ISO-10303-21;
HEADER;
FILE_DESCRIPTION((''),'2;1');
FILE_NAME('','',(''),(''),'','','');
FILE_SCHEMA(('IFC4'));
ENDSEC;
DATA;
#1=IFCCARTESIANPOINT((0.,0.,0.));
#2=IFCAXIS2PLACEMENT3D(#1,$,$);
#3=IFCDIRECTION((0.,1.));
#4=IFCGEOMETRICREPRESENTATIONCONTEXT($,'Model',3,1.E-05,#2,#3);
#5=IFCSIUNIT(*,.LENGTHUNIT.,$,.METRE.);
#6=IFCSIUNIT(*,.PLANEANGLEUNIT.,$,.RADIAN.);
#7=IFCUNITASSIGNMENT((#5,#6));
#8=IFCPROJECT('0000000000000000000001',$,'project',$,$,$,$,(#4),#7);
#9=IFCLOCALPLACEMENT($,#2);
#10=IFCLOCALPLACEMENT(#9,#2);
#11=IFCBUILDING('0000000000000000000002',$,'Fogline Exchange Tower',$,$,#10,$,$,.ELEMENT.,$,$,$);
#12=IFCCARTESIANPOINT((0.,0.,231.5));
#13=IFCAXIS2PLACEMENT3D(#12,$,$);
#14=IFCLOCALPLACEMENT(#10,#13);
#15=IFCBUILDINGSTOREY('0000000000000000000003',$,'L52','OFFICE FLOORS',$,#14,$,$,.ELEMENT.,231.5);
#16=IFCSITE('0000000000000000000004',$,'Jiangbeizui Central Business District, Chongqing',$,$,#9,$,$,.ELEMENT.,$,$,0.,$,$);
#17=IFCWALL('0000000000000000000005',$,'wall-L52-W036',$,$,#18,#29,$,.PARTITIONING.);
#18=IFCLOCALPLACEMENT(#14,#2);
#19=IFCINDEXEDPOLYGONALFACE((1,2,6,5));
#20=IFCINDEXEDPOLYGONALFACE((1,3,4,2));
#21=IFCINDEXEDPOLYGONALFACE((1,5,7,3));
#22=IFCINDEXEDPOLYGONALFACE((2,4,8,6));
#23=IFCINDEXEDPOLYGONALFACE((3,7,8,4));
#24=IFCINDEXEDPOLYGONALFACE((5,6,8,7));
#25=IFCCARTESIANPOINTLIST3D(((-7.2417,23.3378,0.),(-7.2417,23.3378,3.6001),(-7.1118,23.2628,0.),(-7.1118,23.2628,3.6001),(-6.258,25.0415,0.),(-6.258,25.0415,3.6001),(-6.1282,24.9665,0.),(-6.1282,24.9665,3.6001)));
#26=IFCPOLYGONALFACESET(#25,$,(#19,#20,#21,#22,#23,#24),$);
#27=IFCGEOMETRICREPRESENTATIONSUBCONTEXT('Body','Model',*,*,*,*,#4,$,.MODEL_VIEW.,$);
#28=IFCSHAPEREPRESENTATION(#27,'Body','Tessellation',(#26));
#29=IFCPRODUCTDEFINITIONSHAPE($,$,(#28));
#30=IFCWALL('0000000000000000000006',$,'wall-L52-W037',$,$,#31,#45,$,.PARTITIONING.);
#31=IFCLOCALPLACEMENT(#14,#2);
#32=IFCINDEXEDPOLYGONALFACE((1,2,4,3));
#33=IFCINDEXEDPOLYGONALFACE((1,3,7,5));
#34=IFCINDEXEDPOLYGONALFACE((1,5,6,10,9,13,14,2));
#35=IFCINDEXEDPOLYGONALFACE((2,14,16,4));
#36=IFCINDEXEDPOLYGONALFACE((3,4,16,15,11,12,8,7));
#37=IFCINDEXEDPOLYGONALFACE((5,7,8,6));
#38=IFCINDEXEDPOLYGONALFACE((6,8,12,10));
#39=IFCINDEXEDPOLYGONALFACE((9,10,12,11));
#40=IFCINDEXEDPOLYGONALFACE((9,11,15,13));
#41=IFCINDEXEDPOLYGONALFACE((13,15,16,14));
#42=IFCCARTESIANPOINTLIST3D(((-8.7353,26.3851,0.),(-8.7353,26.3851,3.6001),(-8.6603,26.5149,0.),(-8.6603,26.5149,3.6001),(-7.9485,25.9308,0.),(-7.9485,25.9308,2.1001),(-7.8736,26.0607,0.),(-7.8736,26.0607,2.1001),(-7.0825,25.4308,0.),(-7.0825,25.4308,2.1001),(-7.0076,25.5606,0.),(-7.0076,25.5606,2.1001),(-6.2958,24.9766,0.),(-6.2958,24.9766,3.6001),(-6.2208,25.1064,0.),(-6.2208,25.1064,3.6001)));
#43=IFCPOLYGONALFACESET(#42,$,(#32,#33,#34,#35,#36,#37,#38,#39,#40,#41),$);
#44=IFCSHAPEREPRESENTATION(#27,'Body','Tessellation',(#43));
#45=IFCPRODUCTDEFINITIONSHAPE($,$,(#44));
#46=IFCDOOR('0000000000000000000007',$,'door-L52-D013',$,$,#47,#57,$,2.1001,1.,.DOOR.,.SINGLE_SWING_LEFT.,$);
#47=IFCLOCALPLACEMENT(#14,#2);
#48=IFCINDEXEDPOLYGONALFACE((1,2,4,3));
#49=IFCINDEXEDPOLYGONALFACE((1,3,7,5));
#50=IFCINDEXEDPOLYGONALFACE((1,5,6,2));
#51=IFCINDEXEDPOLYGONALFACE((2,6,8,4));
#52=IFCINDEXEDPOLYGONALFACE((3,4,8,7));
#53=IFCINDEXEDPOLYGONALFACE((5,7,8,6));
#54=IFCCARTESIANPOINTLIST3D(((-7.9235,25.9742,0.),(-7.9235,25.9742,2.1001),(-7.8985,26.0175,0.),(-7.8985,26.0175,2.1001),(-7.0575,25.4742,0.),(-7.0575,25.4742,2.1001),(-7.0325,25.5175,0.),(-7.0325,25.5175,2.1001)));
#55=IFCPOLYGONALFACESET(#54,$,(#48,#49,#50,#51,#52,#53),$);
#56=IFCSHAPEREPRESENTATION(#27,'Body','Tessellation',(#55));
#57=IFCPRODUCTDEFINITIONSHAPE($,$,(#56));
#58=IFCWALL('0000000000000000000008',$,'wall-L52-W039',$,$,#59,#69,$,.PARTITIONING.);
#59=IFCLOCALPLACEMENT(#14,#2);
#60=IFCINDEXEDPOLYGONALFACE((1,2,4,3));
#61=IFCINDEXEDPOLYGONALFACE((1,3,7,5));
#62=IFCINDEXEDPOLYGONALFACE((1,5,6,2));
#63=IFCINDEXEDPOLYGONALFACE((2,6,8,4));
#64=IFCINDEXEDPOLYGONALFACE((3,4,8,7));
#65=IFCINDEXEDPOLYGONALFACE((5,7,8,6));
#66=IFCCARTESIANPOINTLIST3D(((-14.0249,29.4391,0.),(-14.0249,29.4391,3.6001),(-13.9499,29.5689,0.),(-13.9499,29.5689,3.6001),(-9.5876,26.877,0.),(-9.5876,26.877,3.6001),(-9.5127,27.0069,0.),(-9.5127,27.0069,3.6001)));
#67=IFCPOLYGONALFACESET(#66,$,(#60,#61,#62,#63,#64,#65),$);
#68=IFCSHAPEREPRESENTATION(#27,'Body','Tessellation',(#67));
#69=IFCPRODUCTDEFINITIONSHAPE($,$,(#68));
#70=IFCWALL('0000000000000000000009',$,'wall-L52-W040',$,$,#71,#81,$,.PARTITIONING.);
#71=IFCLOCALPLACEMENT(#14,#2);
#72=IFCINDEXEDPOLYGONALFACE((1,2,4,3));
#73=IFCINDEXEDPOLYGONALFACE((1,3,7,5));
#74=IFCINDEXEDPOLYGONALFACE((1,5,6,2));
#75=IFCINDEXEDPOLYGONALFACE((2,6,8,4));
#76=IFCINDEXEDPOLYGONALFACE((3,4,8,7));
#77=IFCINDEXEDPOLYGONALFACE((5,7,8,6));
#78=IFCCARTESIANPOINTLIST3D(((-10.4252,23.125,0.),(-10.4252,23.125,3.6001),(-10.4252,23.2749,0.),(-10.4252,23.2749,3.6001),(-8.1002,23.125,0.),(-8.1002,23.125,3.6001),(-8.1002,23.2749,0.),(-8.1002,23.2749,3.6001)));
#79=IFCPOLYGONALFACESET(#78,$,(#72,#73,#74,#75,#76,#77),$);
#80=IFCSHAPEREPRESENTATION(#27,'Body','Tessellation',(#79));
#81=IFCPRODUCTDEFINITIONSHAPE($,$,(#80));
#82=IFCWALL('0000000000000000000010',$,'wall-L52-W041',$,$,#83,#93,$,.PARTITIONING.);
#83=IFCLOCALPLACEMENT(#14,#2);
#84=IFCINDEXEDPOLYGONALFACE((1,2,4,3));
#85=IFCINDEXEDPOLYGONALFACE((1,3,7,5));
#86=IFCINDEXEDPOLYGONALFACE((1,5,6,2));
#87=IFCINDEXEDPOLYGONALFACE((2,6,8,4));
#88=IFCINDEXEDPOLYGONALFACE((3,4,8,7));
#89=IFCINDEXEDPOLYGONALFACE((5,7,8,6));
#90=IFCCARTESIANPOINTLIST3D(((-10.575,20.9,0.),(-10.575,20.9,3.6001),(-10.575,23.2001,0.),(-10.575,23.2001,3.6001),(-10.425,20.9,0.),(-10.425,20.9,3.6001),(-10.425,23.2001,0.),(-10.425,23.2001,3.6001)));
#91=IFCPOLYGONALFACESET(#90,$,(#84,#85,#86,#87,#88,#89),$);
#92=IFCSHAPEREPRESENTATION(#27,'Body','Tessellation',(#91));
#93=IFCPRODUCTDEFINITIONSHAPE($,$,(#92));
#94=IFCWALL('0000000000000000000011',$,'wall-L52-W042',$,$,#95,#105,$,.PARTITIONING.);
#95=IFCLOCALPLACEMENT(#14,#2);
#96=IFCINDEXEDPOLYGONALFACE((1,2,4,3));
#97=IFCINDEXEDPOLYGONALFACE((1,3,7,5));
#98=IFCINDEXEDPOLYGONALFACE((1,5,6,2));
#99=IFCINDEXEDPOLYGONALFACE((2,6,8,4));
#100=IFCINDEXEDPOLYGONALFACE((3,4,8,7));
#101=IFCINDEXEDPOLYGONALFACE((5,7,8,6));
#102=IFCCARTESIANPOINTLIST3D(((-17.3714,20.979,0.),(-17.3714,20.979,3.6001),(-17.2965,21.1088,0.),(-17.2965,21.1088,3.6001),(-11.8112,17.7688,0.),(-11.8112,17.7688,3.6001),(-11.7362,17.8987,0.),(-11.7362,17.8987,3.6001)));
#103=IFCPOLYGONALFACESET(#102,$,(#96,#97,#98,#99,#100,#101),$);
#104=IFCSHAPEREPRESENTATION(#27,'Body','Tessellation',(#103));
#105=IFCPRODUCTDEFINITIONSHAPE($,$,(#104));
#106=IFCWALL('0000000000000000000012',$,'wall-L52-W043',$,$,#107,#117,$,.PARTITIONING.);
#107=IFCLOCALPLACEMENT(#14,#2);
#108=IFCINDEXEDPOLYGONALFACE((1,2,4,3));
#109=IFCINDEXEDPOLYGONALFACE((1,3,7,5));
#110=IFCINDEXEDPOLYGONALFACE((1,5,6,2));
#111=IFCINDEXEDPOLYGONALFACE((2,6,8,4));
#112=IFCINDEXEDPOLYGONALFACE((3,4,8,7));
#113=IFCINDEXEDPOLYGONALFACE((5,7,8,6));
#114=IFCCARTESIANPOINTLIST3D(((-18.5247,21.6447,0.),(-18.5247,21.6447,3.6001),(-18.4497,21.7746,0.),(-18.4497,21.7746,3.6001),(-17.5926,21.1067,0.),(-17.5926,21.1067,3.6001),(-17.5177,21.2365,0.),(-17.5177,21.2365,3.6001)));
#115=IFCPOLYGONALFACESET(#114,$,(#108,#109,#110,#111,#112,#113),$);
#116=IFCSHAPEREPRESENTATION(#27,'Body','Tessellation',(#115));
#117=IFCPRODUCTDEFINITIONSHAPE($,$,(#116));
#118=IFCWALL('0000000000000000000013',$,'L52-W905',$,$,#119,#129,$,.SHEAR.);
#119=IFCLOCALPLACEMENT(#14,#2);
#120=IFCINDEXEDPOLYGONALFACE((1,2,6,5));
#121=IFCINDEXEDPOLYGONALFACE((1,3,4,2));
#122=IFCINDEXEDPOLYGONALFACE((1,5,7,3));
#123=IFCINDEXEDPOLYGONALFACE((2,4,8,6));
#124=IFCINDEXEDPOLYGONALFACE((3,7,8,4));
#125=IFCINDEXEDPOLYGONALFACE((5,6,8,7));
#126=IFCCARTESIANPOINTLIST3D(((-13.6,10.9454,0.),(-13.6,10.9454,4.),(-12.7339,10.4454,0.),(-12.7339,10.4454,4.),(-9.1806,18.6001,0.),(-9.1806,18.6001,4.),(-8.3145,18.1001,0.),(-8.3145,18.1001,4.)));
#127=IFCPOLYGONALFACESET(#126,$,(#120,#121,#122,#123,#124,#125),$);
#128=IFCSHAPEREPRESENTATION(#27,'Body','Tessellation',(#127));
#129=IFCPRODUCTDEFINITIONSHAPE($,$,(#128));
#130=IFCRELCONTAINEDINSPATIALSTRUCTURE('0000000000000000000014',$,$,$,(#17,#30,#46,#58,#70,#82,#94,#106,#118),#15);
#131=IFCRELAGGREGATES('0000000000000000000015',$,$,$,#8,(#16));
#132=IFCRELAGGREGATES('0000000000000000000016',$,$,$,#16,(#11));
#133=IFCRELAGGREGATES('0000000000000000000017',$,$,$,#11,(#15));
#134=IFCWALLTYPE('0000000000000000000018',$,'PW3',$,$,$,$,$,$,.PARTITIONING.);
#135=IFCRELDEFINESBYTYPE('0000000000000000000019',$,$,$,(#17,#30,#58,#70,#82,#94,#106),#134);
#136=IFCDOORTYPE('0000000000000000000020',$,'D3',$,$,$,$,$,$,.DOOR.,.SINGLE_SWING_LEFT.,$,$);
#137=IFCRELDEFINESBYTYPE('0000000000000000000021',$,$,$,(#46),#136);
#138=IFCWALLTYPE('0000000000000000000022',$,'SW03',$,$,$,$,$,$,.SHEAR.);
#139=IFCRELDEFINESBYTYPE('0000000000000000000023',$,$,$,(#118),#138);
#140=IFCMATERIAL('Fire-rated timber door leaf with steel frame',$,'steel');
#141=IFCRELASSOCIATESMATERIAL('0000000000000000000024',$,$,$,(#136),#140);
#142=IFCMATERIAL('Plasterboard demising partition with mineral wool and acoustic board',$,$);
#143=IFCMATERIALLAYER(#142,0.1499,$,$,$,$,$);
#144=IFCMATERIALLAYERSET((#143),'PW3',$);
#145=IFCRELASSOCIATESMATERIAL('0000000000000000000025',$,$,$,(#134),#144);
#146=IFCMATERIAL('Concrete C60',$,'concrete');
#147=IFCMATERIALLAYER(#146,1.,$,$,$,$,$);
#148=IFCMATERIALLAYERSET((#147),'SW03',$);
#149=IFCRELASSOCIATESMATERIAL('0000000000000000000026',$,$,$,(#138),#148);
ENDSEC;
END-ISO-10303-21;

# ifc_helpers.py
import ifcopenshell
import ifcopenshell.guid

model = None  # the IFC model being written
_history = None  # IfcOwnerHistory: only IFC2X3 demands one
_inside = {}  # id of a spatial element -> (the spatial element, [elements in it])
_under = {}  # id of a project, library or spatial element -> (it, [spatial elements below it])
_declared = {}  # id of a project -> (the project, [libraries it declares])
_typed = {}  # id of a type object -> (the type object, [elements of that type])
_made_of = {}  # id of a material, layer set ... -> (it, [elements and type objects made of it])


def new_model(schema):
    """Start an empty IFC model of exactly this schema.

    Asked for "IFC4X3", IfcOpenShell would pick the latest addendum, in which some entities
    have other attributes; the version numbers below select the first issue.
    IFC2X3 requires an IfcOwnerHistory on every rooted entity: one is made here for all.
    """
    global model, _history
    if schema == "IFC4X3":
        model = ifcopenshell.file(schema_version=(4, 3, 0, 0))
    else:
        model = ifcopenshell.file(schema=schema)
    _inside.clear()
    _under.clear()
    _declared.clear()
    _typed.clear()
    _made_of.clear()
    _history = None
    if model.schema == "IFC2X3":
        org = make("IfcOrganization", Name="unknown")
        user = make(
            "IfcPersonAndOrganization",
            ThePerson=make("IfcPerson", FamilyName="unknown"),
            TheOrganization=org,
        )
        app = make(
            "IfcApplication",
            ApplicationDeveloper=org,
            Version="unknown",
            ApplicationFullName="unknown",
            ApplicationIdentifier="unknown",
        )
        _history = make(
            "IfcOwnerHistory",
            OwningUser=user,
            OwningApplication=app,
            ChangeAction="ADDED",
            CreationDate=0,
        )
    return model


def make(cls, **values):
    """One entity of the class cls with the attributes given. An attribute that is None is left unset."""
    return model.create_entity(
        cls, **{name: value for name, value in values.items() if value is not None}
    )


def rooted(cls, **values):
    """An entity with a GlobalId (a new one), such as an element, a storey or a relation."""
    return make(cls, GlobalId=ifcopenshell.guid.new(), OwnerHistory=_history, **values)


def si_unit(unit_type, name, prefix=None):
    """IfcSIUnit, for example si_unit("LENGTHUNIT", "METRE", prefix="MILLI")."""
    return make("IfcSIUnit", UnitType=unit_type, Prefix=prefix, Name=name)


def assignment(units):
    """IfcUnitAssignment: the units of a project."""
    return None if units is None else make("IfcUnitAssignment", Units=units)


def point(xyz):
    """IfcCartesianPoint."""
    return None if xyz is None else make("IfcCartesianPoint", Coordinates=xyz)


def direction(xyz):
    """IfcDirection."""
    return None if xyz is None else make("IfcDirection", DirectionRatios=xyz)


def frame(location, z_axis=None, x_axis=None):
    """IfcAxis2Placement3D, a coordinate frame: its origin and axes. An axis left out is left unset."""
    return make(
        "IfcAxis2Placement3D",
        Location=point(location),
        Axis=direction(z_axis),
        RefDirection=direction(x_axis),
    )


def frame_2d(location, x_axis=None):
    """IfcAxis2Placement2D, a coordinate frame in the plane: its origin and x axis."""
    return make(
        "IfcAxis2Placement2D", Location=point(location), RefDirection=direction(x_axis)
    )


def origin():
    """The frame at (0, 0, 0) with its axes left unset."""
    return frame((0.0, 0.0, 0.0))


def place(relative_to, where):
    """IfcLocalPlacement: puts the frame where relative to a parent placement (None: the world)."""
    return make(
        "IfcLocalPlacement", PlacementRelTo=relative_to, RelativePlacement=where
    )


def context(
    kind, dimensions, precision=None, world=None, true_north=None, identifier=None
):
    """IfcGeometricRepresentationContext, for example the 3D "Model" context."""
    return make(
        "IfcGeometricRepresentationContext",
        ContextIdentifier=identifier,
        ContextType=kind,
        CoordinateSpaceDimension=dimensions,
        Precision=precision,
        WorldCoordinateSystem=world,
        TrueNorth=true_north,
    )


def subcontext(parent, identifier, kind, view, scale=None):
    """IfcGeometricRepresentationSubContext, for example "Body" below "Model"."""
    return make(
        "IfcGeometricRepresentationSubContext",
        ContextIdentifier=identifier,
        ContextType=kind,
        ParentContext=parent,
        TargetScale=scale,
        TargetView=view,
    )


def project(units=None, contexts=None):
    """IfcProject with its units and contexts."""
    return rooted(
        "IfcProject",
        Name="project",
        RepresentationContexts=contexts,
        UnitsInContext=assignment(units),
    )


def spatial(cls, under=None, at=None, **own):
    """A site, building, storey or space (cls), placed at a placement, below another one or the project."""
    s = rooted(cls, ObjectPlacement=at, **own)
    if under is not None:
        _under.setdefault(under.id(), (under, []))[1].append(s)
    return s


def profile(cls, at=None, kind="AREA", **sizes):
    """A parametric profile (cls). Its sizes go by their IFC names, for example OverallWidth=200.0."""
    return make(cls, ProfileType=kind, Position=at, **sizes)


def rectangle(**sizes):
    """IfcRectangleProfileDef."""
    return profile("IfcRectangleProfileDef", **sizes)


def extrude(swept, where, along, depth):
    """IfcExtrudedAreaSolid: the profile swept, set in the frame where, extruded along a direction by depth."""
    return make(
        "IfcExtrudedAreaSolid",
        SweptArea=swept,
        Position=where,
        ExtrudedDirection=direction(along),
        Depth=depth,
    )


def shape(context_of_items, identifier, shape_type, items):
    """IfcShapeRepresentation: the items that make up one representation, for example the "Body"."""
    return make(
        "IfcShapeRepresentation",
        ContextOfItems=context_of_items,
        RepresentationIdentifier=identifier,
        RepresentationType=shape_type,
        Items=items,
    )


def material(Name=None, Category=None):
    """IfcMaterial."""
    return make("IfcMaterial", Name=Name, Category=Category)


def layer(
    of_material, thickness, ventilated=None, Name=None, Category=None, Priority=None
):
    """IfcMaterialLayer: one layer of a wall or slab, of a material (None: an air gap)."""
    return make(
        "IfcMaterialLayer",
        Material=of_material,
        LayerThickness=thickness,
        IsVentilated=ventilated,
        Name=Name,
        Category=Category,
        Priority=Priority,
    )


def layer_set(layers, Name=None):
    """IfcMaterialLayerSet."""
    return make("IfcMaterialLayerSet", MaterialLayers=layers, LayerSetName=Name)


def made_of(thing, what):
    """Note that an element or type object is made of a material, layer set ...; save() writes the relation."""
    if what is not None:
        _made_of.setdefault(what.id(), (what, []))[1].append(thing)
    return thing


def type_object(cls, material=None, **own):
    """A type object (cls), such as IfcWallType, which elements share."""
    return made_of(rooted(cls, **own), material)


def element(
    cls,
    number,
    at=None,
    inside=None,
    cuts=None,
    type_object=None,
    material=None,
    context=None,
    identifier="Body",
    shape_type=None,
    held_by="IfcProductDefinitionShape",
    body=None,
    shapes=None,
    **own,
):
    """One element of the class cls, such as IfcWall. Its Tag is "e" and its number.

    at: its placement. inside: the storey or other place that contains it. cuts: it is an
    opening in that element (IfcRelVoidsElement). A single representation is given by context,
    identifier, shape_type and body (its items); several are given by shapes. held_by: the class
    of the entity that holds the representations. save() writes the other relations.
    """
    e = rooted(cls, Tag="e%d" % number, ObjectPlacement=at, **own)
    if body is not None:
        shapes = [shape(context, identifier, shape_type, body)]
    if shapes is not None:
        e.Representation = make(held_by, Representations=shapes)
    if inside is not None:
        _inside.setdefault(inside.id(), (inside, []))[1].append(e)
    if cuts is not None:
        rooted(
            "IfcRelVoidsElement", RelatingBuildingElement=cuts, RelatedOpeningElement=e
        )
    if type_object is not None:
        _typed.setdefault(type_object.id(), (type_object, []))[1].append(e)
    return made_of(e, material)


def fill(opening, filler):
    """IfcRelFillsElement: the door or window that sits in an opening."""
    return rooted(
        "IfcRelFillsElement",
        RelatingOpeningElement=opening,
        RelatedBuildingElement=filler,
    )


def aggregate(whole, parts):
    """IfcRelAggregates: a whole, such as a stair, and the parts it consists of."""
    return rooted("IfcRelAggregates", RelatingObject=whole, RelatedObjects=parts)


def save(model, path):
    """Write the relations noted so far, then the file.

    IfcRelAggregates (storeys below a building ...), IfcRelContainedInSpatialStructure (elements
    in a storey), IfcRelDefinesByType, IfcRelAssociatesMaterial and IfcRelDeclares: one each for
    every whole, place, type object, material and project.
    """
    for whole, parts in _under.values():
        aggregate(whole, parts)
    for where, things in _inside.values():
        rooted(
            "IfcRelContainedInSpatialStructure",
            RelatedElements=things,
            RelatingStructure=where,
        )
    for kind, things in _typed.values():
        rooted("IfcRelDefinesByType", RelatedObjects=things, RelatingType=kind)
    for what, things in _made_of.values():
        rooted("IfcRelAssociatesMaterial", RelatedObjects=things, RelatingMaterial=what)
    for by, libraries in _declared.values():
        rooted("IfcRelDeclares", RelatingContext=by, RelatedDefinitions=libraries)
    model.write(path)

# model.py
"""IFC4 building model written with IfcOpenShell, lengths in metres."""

from ifc_helpers import new_model, si_unit, direction, frame, frame_2d, origin, place, context, subcontext, project, spatial, rectangle, extrude, material, layer, layer_set, type_object, element, fill, save


model = new_model("IFC4")

# Units and contexts
model_context = context("Model", 3, precision=1e-05, world=origin(), true_north=direction((0.0, 1.0)))
body_context = subcontext(model_context, "Body", "Model", "MODEL_VIEW")
ifc_project = project(units=[si_unit("LENGTHUNIT", "METRE"), si_unit("PLANEANGLEUNIT", "RADIAN")], contexts=[model_context])

# Site, building, storey
site_placement = place(None, origin())
site = spatial("IfcSite", under=ifc_project, at=site_placement, Name="Jiangbeizui Central Business District, Chongqing", CompositionType="ELEMENT", RefElevation=0.0)
building_placement = place(site_placement, origin())
building = spatial("IfcBuilding", under=site, at=building_placement, Name="Fogline Exchange Tower", CompositionType="ELEMENT")
storey_placement = place(building_placement, frame((0.0, 0.0, 231.5)))
storey = spatial("IfcBuildingStorey", under=building, at=storey_placement, Name="L52", Description="OFFICE FLOORS", CompositionType="ELEMENT", Elevation=231.5)

# Shared definitions
ifc_material_1 = material(Name="Concrete C60", Category="concrete")

# Shared definitions
ifc_material_2 = material(Name="Fire-rated timber door leaf with steel frame", Category="steel")
door_type_1 = type_object("IfcDoorType", Name="D3", OperationType="SINGLE_SWING_LEFT", PredefinedType="DOOR", material=ifc_material_2)

# Shared definitions
ifc_material_3 = material(Name="Plasterboard demising partition with mineral wool and acoustic board")
ifc_layer_1 = layer(ifc_material_3, 0.1499)
ifc_layer_set_1 = layer_set([ifc_layer_1], Name="PW3")
wall_type_1 = type_object("IfcWallType", Name="PW3", PredefinedType="PARTITIONING", material=ifc_layer_set_1)

# Wall
wall_1_placement = place(storey_placement, frame((-7.1768, 23.3003, 0.0), z_axis=(0.0, 0.0, 1.0), x_axis=(0.500023, 0.866012, 0.0)))
element("IfcWall", 1, at=wall_1_placement, inside=storey, type_object=wall_type_1, Name="wall-L52-W036", PredefinedType="PARTITIONING", context=body_context, shape_type="SweptSolid", body=[
    extrude(rectangle(XDim=1.9673, YDim=0.1499, at=frame_2d((0.9836, 0.0))), origin(), (0.0, 0.0, 1.0), 3.6001),
])

# Wall, opening, door
wall_2_placement = place(storey_placement, frame((-6.2583, 25.0415, 0.0), z_axis=(0.0, 0.0, 1.0), x_axis=(-0.866021, 0.500008, 0.0)))
wall_2 = element("IfcWall", 2, at=wall_2_placement, inside=storey, type_object=wall_type_1, Name="wall-L52-W037", PredefinedType="PARTITIONING", context=body_context, shape_type="SweptSolid", body=[
    extrude(rectangle(XDim=2.8169, YDim=0.1499, at=frame_2d((1.4084, 0.0))), origin(), (0.0, 0.0, 1.0), 3.6001),
])
opening_1_placement = place(wall_2_placement, frame((0.9084, 0.0, 0.0)))
opening_1 = element("IfcOpeningElement", 3, at=opening_1_placement, cuts=wall_2, PredefinedType="OPENING", context=body_context, shape_type="SweptSolid", body=[
    extrude(rectangle(XDim=1.0, YDim=2.1001, at=frame_2d((0.5, 1.05))), frame((0.0, 0.085, 0.0), z_axis=(0.0, -1.0, 0.0), x_axis=(1.0, 0.0, 0.0)), (0.0, 0.0, 1.0), 0.1699),
])
door_1_placement = place(opening_1_placement, origin())
door_1 = element("IfcDoor", 4, at=door_1_placement, inside=storey, type_object=door_type_1, Name="door-L52-D013", OperationType="SINGLE_SWING_LEFT", OverallHeight=2.1001, OverallWidth=1.0, PredefinedType="DOOR", context=body_context, shape_type="SweptSolid", body=[
    extrude(rectangle(XDim=1.0, YDim=2.1001, at=frame_2d((0.5, 1.05))), frame((0.0, 0.0249, 0.0), z_axis=(0.0, -1.0, 0.0), x_axis=(1.0, 0.0, 0.0)), (0.0, 0.0, 1.0), 0.05),
])
fill(opening_1, door_1)

# Walls
wall_3_placement = place(storey_placement, frame((-9.55, 26.9419, 0.0), z_axis=(0.0, 0.0, 1.0), x_axis=(-0.866012, 0.500024, 0.0)))
element("IfcWall", 5, at=wall_3_placement, inside=storey, type_object=wall_type_1, Name="wall-L52-W039", PredefinedType="PARTITIONING", context=body_context, shape_type="SweptSolid", body=[
    extrude(rectangle(XDim=5.1238, YDim=0.1499, at=frame_2d((2.562, 0.0))), origin(), (0.0, 0.0, 1.0), 3.6001),
])
wall_4_placement = place(storey_placement, frame((-8.1001, 23.2, 0.0), z_axis=(0.0, 0.0, 1.0), x_axis=(-1.0, 0.0, 0.0)))
element("IfcWall", 6, at=wall_4_placement, inside=storey, type_object=wall_type_1, Name="wall-L52-W040", PredefinedType="PARTITIONING", context=body_context, shape_type="SweptSolid", body=[
    extrude(rectangle(XDim=2.325, YDim=0.1499, at=frame_2d((1.1626, 0.0))), origin(), (0.0, 0.0, 1.0), 3.6001),
])
wall_5_placement = place(storey_placement, frame((-10.5, 23.2, 0.0), z_axis=(0.0, 0.0, 1.0), x_axis=(0.0, -1.0, 0.0)))
element("IfcWall", 7, at=wall_5_placement, inside=storey, type_object=wall_type_1, Name="wall-L52-W041", PredefinedType="PARTITIONING", context=body_context, shape_type="SweptSolid", body=[
    extrude(rectangle(XDim=2.3, YDim=0.1499, at=frame_2d((1.1499, 0.0))), origin(), (0.0, 0.0, 1.0), 3.6001),
])
wall_6_placement = place(storey_placement, frame((-11.7737, 17.8337, 0.0), z_axis=(0.0, 0.0, 1.0), x_axis=(-0.866028, 0.499996, 0.0)))
element("IfcWall", 8, at=wall_6_placement, inside=storey, type_object=wall_type_1, Name="wall-L52-W042", PredefinedType="PARTITIONING", context=body_context, shape_type="SweptSolid", body=[
    extrude(rectangle(XDim=6.4204, YDim=0.1499, at=frame_2d((3.2102, 0.0))), origin(), (0.0, 0.0, 1.0), 3.6001),
])
wall_7_placement = place(storey_placement, frame((-17.5552, 21.1716, 0.0), z_axis=(0.0, 0.0, 1.0), x_axis=(-0.866057, 0.499945, 0.0)))
element("IfcWall", 9, at=wall_7_placement, inside=storey, type_object=wall_type_1, Name="wall-L52-W043", PredefinedType="PARTITIONING", context=body_context, shape_type="SweptSolid", body=[
    extrude(rectangle(XDim=1.0762, YDim=0.1499, at=frame_2d((0.5381, 0.0))), origin(), (0.0, 0.0, 1.0), 3.6001),
])
ifc_layer_2 = layer(ifc_material_1, 1.0)
ifc_layer_set_2 = layer_set([ifc_layer_2], Name="SW03")
wall_type_2 = type_object("IfcWallType", Name="SW03", PredefinedType="SHEAR", material=ifc_layer_set_2)
wall_8_placement = place(storey_placement, frame((-8.7476, 18.3501, 0.0), z_axis=(0.0, 0.0, 1.0), x_axis=(-0.499995, -0.866028, 0.0)))
element("IfcWall", 10, at=wall_8_placement, inside=storey, type_object=wall_type_2, Name="L52-W905", PredefinedType="SHEAR", context=body_context, shape_type="SweptSolid", body=[
    extrude(rectangle(XDim=8.8389, YDim=1.0, at=frame_2d((4.4194, 0.0))), origin(), (0.0, 0.0, 1.0), 4.0),
])

save(model, "model.ifc")
